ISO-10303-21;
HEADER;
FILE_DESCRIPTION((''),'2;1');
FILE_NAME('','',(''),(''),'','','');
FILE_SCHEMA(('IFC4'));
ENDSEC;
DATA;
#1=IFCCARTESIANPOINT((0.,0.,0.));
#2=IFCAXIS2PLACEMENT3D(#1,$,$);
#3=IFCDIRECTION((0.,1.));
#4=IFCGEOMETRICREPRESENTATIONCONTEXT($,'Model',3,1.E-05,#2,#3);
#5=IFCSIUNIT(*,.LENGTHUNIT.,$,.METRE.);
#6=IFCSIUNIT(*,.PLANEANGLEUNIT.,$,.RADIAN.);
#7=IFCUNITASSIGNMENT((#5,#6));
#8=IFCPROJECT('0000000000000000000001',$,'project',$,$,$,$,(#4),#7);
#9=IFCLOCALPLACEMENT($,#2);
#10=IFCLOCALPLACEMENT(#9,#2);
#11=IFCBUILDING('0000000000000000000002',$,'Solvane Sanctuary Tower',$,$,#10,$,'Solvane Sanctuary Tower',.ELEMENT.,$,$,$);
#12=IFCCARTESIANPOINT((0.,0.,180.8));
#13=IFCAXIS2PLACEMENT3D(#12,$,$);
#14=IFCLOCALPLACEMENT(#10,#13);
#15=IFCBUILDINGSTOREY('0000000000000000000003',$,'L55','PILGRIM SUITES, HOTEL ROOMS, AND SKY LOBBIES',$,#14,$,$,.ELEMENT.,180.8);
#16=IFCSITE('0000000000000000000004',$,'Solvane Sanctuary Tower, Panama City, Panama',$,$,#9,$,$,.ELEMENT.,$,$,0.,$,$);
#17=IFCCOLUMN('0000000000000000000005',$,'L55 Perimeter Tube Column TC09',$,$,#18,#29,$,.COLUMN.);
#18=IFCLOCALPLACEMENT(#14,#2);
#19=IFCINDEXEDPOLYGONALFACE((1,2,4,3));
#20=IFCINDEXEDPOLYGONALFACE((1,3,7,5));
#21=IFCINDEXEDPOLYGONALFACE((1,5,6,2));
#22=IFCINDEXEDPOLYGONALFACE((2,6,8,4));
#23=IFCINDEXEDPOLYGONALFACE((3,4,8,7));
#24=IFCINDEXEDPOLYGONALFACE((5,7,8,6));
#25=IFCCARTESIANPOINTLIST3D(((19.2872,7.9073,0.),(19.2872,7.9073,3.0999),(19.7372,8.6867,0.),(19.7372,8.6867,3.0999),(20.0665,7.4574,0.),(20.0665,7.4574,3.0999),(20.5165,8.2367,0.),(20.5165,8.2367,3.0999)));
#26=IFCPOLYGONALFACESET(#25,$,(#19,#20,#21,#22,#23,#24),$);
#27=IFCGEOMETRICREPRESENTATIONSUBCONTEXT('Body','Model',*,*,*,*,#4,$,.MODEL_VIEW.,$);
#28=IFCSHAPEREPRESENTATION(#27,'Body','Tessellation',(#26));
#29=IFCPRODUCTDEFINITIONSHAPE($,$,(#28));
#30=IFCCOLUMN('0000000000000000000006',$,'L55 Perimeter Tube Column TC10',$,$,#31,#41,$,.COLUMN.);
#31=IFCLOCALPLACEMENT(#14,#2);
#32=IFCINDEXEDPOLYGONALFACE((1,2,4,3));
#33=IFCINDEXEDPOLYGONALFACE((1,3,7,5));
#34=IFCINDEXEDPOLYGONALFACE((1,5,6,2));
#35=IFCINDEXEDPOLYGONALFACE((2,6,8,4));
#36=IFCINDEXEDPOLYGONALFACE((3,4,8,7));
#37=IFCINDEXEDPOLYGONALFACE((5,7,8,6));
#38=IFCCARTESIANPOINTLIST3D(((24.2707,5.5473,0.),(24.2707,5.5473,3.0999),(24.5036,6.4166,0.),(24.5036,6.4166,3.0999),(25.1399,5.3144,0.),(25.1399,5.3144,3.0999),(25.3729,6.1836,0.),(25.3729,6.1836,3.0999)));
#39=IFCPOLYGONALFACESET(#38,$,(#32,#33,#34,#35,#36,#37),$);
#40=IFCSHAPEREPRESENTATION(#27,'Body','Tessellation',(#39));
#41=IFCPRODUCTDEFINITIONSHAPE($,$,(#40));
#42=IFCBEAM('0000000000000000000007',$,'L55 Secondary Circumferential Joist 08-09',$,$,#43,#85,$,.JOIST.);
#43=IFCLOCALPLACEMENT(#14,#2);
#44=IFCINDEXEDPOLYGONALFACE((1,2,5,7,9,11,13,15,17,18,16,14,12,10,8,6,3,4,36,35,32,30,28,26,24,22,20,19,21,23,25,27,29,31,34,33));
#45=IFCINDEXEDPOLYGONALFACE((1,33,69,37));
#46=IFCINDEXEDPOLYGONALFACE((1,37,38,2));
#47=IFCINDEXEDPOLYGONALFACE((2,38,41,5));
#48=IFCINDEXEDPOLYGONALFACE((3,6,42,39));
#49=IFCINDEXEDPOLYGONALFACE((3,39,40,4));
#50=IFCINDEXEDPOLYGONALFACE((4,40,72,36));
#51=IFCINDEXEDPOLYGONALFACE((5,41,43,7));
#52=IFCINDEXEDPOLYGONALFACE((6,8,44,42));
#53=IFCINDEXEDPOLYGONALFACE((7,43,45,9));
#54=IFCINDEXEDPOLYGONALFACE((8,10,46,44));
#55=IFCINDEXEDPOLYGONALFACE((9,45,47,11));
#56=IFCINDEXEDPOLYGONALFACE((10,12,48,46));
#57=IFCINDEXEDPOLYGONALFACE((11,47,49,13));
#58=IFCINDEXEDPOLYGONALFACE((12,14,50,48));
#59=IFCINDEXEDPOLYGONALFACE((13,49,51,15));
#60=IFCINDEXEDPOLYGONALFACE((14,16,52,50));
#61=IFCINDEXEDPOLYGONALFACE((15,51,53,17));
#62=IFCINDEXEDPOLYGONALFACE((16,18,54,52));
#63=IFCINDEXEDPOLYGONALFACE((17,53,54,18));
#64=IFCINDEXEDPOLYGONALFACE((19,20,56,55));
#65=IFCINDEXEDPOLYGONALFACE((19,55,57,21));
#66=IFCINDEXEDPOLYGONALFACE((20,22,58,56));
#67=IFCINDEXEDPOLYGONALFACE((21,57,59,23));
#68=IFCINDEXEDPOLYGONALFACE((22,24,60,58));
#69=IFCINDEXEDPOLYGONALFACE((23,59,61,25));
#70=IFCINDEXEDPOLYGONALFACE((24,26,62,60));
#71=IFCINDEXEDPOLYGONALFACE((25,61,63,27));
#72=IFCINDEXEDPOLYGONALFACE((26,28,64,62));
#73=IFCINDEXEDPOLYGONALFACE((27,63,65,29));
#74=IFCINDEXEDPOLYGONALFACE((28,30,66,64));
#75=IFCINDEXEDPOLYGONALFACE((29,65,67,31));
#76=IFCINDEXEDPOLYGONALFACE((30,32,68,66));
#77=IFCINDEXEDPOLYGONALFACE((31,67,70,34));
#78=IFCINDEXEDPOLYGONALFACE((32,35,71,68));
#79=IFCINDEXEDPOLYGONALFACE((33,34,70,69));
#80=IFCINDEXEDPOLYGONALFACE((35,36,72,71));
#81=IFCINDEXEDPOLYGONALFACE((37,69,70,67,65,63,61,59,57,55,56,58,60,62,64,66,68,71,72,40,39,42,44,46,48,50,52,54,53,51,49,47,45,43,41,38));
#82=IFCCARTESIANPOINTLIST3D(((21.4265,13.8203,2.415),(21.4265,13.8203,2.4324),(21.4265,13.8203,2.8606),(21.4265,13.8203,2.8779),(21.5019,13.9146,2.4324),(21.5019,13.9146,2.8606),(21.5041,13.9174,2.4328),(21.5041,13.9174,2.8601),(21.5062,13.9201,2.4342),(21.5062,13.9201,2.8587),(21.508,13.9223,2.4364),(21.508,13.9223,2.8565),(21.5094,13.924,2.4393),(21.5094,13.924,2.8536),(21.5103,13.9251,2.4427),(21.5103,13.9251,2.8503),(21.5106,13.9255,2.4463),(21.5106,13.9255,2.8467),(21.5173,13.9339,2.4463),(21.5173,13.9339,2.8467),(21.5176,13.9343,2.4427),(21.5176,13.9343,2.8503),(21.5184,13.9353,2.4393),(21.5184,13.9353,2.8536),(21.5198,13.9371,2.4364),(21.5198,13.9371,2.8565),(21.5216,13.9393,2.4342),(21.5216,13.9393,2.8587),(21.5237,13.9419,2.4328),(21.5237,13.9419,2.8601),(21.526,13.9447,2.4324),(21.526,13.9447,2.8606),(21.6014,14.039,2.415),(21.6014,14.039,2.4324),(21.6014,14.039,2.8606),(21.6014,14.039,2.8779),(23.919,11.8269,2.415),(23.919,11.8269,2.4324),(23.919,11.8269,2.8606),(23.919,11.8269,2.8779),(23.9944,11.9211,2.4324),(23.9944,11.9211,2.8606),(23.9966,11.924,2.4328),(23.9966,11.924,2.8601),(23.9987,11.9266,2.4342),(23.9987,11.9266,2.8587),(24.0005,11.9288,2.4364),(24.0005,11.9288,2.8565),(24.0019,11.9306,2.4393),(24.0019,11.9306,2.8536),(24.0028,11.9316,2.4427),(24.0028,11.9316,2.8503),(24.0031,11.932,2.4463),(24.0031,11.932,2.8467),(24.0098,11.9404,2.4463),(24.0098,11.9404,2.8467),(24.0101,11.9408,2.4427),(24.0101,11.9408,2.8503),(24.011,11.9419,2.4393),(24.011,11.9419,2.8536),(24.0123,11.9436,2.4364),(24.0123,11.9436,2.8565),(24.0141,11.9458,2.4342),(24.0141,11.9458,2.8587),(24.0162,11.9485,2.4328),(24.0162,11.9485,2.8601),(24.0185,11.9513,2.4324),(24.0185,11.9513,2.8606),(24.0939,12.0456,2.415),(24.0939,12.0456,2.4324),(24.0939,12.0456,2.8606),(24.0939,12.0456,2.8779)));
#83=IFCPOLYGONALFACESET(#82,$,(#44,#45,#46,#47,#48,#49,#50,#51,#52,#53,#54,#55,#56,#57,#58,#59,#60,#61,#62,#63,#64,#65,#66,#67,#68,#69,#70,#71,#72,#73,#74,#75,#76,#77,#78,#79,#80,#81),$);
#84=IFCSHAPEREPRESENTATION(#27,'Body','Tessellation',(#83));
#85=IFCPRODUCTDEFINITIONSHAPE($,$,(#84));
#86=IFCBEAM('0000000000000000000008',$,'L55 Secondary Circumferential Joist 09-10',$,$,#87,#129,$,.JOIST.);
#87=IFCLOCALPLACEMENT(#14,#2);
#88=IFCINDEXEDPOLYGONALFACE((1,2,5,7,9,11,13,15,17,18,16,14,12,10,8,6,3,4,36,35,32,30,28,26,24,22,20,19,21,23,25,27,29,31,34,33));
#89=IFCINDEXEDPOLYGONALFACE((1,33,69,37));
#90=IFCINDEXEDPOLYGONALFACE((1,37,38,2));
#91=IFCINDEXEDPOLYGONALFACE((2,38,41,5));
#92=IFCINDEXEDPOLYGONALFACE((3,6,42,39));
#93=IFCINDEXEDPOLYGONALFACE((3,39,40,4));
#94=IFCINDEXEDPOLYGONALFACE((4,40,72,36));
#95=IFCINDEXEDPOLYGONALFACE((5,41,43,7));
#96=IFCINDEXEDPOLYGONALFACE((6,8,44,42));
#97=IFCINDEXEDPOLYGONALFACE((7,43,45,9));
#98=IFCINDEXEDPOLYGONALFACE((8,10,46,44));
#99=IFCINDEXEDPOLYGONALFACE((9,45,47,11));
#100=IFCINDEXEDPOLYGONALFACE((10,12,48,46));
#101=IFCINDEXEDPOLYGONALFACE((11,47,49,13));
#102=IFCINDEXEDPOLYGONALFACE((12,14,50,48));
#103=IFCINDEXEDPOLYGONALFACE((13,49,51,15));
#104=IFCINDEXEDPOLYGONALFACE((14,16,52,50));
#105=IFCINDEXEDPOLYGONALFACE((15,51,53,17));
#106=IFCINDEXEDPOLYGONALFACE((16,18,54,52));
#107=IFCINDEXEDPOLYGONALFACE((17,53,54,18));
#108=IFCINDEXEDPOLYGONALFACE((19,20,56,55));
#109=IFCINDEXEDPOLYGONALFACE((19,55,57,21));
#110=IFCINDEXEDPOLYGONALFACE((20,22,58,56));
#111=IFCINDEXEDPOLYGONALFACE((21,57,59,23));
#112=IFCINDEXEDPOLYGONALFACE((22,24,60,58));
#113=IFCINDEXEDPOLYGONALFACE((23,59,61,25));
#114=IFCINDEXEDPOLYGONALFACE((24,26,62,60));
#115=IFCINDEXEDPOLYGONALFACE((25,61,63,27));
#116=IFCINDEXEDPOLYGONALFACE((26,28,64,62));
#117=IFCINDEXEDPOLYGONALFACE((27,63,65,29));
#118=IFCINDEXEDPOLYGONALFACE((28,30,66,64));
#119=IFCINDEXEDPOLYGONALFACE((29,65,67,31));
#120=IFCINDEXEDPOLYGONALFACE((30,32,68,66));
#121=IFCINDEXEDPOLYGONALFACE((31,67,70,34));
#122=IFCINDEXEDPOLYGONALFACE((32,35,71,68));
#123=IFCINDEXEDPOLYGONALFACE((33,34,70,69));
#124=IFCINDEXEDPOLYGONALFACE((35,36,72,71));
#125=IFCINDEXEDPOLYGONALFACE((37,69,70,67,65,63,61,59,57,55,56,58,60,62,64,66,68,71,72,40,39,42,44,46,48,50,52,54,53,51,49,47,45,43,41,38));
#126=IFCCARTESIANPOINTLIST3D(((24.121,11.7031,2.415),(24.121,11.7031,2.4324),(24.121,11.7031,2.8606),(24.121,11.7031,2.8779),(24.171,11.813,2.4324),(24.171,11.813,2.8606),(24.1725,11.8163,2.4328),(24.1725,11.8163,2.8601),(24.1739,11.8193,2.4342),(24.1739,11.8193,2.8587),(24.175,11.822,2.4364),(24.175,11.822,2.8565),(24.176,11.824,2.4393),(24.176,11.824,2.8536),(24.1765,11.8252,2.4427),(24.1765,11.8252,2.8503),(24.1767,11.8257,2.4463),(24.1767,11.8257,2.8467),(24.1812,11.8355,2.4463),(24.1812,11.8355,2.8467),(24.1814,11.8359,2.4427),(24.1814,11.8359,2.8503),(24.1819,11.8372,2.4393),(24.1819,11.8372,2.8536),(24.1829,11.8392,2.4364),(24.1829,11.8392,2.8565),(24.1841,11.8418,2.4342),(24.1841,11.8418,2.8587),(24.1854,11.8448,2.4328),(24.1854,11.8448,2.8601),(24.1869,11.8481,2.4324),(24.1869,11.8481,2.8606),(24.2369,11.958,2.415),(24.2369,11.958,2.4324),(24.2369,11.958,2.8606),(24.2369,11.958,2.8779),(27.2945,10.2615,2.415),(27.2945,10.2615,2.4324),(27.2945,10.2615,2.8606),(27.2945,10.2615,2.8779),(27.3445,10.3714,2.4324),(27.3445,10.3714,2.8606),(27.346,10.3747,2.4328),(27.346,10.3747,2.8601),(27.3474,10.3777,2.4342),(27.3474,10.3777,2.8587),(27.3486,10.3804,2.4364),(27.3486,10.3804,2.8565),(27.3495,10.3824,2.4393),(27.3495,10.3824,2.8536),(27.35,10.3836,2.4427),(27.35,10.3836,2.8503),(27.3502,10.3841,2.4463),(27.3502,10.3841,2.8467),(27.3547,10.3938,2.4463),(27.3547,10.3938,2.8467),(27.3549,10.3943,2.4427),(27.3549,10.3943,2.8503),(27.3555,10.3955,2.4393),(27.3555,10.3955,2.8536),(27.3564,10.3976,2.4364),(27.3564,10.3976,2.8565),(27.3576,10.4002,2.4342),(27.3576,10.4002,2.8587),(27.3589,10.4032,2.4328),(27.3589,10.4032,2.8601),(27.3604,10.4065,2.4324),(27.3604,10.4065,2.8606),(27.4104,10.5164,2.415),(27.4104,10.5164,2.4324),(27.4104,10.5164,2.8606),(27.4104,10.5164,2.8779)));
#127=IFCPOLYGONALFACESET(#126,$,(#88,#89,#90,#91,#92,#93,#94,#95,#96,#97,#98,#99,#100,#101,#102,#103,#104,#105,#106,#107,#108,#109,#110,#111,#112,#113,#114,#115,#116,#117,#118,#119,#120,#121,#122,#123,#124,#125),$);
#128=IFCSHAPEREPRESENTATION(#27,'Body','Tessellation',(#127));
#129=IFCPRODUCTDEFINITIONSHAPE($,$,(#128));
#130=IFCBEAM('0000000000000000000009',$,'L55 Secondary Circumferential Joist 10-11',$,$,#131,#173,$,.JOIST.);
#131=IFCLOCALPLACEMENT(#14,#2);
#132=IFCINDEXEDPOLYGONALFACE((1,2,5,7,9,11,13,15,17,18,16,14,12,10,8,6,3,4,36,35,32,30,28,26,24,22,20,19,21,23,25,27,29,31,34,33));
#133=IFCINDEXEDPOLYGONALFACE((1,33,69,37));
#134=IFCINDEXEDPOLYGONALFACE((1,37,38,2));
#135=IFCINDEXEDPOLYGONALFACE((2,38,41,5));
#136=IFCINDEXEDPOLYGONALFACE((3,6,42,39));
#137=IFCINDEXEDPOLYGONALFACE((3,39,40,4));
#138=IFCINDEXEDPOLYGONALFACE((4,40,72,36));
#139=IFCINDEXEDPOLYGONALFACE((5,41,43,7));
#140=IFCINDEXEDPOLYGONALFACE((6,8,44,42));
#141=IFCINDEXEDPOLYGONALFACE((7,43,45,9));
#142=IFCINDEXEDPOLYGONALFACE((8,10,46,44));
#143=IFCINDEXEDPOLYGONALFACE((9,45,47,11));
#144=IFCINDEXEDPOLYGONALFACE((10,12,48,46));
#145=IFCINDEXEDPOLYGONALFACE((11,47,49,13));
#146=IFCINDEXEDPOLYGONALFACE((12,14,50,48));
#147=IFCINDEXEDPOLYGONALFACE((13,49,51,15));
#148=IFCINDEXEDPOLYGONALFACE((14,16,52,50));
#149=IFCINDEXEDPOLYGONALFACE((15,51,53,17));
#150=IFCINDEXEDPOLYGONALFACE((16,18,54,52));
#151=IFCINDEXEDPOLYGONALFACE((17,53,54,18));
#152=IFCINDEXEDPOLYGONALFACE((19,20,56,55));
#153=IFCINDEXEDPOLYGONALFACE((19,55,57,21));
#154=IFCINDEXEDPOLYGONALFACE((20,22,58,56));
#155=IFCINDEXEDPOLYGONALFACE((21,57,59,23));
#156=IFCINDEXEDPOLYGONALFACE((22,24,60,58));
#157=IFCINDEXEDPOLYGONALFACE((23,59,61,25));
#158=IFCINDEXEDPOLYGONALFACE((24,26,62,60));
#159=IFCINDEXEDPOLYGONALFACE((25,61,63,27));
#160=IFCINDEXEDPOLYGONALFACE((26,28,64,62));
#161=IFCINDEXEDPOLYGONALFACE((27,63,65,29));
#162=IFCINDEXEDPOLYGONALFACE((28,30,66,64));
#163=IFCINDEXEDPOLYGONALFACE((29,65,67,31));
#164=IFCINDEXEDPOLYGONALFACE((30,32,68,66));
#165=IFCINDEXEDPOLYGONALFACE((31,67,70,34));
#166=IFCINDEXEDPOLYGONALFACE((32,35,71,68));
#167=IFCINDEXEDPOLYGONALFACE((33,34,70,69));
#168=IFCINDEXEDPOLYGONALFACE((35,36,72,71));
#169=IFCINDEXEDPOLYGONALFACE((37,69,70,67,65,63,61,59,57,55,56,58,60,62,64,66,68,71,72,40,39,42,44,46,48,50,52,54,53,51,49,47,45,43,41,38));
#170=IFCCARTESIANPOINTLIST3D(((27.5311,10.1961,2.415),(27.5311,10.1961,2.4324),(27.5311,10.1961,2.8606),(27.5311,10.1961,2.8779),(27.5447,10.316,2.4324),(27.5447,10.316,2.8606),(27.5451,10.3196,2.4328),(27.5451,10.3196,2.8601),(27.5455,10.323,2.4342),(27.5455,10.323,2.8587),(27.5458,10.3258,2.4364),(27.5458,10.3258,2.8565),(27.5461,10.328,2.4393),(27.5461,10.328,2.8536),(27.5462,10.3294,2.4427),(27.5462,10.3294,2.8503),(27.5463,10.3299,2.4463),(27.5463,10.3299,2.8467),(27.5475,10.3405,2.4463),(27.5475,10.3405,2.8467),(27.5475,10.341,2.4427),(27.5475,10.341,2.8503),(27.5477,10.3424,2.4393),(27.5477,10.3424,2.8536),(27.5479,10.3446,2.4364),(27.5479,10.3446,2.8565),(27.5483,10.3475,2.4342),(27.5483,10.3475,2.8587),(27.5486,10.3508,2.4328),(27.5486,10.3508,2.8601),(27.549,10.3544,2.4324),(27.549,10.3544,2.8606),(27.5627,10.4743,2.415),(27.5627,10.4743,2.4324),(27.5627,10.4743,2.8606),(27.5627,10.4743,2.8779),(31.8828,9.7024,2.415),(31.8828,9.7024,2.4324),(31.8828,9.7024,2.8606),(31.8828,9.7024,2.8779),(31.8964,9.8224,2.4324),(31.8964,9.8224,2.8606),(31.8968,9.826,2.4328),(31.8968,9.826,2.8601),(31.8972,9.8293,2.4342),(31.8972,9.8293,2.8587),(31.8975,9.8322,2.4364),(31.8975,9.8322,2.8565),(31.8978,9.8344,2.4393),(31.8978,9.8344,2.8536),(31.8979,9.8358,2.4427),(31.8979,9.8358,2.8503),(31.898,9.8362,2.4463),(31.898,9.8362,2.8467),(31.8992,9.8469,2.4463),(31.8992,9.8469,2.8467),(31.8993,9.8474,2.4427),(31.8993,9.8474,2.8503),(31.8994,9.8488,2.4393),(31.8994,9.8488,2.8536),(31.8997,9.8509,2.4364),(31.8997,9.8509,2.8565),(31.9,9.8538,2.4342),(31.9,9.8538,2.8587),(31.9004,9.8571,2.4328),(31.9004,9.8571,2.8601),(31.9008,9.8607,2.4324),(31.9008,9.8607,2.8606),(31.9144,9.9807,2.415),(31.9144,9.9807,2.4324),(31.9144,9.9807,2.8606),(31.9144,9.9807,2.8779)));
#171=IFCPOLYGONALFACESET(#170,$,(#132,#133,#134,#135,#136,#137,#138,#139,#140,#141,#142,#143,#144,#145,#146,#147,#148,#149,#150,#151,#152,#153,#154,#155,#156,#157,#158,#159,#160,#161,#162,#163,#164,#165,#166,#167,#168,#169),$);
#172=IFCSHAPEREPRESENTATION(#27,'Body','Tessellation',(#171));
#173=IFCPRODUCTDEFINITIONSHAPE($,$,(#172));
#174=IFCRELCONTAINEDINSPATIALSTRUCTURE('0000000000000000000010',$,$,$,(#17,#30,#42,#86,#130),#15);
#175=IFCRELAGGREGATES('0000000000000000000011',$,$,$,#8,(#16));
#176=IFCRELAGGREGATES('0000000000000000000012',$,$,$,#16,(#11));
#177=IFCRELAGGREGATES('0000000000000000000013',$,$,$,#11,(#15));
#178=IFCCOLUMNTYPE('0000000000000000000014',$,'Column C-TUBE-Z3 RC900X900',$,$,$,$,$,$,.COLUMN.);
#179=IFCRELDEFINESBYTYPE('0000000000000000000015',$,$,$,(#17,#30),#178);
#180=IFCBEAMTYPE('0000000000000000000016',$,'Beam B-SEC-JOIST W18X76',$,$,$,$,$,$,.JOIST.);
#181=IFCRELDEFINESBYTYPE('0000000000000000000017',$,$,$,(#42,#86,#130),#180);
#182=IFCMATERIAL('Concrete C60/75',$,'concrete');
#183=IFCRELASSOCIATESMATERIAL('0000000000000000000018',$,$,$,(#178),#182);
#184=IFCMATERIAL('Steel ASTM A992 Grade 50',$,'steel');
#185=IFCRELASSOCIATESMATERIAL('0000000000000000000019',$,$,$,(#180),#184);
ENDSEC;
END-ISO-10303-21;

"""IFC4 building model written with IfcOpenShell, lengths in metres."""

from ifc_helpers import new_model, si_unit, direction, frame, origin, origin_2d, place, context, subcontext, project, spatial, rectangle, i_section, extrude, material, material_profile, profile_set, type_object, element, save


model = new_model("IFC4")

# Units and contexts
model_context = context("Model", 3, precision=1e-05, world=origin(), true_north=direction((0.0, 1.0)))
body_context = subcontext(model_context, "Body", "Model", "MODEL_VIEW")
ifc_project = project(units=[si_unit("LENGTHUNIT", "METRE"), si_unit("PLANEANGLEUNIT", "RADIAN")], contexts=[model_context])

# Site, building, storey
site_placement = place(None, origin())
site = spatial("IfcSite", under=ifc_project, at=site_placement, Name="Solvane Sanctuary Tower, Panama City, Panama", CompositionType="ELEMENT", RefElevation=0.0)
building_placement = place(site_placement, origin())
building = spatial("IfcBuilding", under=site, at=building_placement, Name="Solvane Sanctuary Tower", LongName="Solvane Sanctuary Tower", CompositionType="ELEMENT")
storey_placement = place(building_placement, frame((0.0, 0.0, 180.8)))
storey = spatial("IfcBuildingStorey", under=building, at=storey_placement, Name="L55", Description="PILGRIM SUITES, HOTEL ROOMS, AND SKY LOBBIES", CompositionType="ELEMENT", Elevation=180.8)

# Columns
ifc_material_1 = material(Name="Concrete C60/75", Category="concrete")
ifc_material_profile_1 = material_profile(ifc_material_1, rectangle(XDim=0.8999, YDim=0.8999, at=origin_2d()), Name="RC900X900")
ifc_profile_set_1 = profile_set([ifc_material_profile_1], Name="Concrete C60/75")
column_type = type_object("IfcColumnType", Name="Column C-TUBE-Z3 RC900X900", PredefinedType="COLUMN", material=ifc_profile_set_1)
for number, where, z_axis, x_axis, name in (
    (1, (19.9019, 8.072, 0.0), (0.0, 0.0, 1.0), (-0.5, -0.866025, 0.0), "L55 Perimeter Tube Column TC09"),
    (2, (24.8218, 5.8655, 0.0), (0.0, 0.0, 1.0), (-0.258819, -0.965926, 0.0), "L55 Perimeter Tube Column TC10"),
):
    element("IfcColumn", number, at=place(storey_placement, frame(where, z_axis=z_axis, x_axis=x_axis)), inside=storey, type_object=column_type, Name=name, PredefinedType="COLUMN", context=body_context, shape_type="SweptSolid", body=[
        extrude(rectangle(XDim=0.8999, YDim=0.8999, at=origin_2d()), origin(), (0.0, 0.0, 1.0), 3.0999),
    ])

# Beams
ifc_material_2 = material(Name="Steel ASTM A992 Grade 50", Category="steel")
ifc_material_profile_2 = material_profile(ifc_material_2, i_section(OverallWidth=0.28, OverallDepth=0.4629, WebThickness=0.0107, FlangeThickness=0.0173, FilletRadius=0.0139, at=origin_2d()), Name="W18X76")
ifc_profile_set_2 = profile_set([ifc_material_profile_2], Name="Steel ASTM A992 Grade 50")
beam_type_1 = type_object("IfcBeamType", Name="Beam B-SEC-JOIST W18X76", PredefinedType="JOIST", material=ifc_profile_set_2)
beam_1_placement = place(storey_placement, frame((21.5139, 13.9297, 2.6465), z_axis=(0.780951, -0.624592, 0.0), x_axis=(0.624592, 0.780951, 0.0)))
element("IfcBeam", 3, at=beam_1_placement, inside=storey, type_object=beam_type_1, Name="L55 Secondary Circumferential Joist 08-09", PredefinedType="JOIST", context=body_context, shape_type="SweptSolid", body=[
    extrude(i_section(OverallWidth=0.28, OverallDepth=0.4629, WebThickness=0.0107, FlangeThickness=0.0173, FilletRadius=0.0139, at=origin_2d()), origin(), (0.0, 0.0, 1.0), 3.1917),
])
beam_2_placement = place(storey_placement, frame((24.179, 11.8306, 2.6465), z_axis=(0.910462, -0.413592, 0.0), x_axis=(0.413592, 0.910462, 0.0)))
element("IfcBeam", 4, at=beam_2_placement, inside=storey, type_object=beam_type_1, Name="L55 Secondary Circumferential Joist 09-10", PredefinedType="JOIST", context=body_context, shape_type="SweptSolid", body=[
    extrude(i_section(OverallWidth=0.28, OverallDepth=0.4629, WebThickness=0.0107, FlangeThickness=0.0173, FilletRadius=0.0139, at=origin_2d()), origin(), (0.0, 0.0, 1.0), 3.4856),
])
beam_3_placement = place(storey_placement, frame((27.5469, 10.3352, 2.6465), z_axis=(0.993628, -0.112713, 0.0), x_axis=(0.112713, 0.993628, 0.0)))
element("IfcBeam", 5, at=beam_3_placement, inside=storey, type_object=beam_type_1, Name="L55 Secondary Circumferential Joist 10-11", PredefinedType="JOIST", context=body_context, shape_type="SweptSolid", body=[
    extrude(i_section(OverallWidth=0.28, OverallDepth=0.4629, WebThickness=0.0107, FlangeThickness=0.0173, FilletRadius=0.0139, at=origin_2d()), origin(), (0.0, 0.0, 1.0), 4.3796),
])

save(model, "model.ifc")
